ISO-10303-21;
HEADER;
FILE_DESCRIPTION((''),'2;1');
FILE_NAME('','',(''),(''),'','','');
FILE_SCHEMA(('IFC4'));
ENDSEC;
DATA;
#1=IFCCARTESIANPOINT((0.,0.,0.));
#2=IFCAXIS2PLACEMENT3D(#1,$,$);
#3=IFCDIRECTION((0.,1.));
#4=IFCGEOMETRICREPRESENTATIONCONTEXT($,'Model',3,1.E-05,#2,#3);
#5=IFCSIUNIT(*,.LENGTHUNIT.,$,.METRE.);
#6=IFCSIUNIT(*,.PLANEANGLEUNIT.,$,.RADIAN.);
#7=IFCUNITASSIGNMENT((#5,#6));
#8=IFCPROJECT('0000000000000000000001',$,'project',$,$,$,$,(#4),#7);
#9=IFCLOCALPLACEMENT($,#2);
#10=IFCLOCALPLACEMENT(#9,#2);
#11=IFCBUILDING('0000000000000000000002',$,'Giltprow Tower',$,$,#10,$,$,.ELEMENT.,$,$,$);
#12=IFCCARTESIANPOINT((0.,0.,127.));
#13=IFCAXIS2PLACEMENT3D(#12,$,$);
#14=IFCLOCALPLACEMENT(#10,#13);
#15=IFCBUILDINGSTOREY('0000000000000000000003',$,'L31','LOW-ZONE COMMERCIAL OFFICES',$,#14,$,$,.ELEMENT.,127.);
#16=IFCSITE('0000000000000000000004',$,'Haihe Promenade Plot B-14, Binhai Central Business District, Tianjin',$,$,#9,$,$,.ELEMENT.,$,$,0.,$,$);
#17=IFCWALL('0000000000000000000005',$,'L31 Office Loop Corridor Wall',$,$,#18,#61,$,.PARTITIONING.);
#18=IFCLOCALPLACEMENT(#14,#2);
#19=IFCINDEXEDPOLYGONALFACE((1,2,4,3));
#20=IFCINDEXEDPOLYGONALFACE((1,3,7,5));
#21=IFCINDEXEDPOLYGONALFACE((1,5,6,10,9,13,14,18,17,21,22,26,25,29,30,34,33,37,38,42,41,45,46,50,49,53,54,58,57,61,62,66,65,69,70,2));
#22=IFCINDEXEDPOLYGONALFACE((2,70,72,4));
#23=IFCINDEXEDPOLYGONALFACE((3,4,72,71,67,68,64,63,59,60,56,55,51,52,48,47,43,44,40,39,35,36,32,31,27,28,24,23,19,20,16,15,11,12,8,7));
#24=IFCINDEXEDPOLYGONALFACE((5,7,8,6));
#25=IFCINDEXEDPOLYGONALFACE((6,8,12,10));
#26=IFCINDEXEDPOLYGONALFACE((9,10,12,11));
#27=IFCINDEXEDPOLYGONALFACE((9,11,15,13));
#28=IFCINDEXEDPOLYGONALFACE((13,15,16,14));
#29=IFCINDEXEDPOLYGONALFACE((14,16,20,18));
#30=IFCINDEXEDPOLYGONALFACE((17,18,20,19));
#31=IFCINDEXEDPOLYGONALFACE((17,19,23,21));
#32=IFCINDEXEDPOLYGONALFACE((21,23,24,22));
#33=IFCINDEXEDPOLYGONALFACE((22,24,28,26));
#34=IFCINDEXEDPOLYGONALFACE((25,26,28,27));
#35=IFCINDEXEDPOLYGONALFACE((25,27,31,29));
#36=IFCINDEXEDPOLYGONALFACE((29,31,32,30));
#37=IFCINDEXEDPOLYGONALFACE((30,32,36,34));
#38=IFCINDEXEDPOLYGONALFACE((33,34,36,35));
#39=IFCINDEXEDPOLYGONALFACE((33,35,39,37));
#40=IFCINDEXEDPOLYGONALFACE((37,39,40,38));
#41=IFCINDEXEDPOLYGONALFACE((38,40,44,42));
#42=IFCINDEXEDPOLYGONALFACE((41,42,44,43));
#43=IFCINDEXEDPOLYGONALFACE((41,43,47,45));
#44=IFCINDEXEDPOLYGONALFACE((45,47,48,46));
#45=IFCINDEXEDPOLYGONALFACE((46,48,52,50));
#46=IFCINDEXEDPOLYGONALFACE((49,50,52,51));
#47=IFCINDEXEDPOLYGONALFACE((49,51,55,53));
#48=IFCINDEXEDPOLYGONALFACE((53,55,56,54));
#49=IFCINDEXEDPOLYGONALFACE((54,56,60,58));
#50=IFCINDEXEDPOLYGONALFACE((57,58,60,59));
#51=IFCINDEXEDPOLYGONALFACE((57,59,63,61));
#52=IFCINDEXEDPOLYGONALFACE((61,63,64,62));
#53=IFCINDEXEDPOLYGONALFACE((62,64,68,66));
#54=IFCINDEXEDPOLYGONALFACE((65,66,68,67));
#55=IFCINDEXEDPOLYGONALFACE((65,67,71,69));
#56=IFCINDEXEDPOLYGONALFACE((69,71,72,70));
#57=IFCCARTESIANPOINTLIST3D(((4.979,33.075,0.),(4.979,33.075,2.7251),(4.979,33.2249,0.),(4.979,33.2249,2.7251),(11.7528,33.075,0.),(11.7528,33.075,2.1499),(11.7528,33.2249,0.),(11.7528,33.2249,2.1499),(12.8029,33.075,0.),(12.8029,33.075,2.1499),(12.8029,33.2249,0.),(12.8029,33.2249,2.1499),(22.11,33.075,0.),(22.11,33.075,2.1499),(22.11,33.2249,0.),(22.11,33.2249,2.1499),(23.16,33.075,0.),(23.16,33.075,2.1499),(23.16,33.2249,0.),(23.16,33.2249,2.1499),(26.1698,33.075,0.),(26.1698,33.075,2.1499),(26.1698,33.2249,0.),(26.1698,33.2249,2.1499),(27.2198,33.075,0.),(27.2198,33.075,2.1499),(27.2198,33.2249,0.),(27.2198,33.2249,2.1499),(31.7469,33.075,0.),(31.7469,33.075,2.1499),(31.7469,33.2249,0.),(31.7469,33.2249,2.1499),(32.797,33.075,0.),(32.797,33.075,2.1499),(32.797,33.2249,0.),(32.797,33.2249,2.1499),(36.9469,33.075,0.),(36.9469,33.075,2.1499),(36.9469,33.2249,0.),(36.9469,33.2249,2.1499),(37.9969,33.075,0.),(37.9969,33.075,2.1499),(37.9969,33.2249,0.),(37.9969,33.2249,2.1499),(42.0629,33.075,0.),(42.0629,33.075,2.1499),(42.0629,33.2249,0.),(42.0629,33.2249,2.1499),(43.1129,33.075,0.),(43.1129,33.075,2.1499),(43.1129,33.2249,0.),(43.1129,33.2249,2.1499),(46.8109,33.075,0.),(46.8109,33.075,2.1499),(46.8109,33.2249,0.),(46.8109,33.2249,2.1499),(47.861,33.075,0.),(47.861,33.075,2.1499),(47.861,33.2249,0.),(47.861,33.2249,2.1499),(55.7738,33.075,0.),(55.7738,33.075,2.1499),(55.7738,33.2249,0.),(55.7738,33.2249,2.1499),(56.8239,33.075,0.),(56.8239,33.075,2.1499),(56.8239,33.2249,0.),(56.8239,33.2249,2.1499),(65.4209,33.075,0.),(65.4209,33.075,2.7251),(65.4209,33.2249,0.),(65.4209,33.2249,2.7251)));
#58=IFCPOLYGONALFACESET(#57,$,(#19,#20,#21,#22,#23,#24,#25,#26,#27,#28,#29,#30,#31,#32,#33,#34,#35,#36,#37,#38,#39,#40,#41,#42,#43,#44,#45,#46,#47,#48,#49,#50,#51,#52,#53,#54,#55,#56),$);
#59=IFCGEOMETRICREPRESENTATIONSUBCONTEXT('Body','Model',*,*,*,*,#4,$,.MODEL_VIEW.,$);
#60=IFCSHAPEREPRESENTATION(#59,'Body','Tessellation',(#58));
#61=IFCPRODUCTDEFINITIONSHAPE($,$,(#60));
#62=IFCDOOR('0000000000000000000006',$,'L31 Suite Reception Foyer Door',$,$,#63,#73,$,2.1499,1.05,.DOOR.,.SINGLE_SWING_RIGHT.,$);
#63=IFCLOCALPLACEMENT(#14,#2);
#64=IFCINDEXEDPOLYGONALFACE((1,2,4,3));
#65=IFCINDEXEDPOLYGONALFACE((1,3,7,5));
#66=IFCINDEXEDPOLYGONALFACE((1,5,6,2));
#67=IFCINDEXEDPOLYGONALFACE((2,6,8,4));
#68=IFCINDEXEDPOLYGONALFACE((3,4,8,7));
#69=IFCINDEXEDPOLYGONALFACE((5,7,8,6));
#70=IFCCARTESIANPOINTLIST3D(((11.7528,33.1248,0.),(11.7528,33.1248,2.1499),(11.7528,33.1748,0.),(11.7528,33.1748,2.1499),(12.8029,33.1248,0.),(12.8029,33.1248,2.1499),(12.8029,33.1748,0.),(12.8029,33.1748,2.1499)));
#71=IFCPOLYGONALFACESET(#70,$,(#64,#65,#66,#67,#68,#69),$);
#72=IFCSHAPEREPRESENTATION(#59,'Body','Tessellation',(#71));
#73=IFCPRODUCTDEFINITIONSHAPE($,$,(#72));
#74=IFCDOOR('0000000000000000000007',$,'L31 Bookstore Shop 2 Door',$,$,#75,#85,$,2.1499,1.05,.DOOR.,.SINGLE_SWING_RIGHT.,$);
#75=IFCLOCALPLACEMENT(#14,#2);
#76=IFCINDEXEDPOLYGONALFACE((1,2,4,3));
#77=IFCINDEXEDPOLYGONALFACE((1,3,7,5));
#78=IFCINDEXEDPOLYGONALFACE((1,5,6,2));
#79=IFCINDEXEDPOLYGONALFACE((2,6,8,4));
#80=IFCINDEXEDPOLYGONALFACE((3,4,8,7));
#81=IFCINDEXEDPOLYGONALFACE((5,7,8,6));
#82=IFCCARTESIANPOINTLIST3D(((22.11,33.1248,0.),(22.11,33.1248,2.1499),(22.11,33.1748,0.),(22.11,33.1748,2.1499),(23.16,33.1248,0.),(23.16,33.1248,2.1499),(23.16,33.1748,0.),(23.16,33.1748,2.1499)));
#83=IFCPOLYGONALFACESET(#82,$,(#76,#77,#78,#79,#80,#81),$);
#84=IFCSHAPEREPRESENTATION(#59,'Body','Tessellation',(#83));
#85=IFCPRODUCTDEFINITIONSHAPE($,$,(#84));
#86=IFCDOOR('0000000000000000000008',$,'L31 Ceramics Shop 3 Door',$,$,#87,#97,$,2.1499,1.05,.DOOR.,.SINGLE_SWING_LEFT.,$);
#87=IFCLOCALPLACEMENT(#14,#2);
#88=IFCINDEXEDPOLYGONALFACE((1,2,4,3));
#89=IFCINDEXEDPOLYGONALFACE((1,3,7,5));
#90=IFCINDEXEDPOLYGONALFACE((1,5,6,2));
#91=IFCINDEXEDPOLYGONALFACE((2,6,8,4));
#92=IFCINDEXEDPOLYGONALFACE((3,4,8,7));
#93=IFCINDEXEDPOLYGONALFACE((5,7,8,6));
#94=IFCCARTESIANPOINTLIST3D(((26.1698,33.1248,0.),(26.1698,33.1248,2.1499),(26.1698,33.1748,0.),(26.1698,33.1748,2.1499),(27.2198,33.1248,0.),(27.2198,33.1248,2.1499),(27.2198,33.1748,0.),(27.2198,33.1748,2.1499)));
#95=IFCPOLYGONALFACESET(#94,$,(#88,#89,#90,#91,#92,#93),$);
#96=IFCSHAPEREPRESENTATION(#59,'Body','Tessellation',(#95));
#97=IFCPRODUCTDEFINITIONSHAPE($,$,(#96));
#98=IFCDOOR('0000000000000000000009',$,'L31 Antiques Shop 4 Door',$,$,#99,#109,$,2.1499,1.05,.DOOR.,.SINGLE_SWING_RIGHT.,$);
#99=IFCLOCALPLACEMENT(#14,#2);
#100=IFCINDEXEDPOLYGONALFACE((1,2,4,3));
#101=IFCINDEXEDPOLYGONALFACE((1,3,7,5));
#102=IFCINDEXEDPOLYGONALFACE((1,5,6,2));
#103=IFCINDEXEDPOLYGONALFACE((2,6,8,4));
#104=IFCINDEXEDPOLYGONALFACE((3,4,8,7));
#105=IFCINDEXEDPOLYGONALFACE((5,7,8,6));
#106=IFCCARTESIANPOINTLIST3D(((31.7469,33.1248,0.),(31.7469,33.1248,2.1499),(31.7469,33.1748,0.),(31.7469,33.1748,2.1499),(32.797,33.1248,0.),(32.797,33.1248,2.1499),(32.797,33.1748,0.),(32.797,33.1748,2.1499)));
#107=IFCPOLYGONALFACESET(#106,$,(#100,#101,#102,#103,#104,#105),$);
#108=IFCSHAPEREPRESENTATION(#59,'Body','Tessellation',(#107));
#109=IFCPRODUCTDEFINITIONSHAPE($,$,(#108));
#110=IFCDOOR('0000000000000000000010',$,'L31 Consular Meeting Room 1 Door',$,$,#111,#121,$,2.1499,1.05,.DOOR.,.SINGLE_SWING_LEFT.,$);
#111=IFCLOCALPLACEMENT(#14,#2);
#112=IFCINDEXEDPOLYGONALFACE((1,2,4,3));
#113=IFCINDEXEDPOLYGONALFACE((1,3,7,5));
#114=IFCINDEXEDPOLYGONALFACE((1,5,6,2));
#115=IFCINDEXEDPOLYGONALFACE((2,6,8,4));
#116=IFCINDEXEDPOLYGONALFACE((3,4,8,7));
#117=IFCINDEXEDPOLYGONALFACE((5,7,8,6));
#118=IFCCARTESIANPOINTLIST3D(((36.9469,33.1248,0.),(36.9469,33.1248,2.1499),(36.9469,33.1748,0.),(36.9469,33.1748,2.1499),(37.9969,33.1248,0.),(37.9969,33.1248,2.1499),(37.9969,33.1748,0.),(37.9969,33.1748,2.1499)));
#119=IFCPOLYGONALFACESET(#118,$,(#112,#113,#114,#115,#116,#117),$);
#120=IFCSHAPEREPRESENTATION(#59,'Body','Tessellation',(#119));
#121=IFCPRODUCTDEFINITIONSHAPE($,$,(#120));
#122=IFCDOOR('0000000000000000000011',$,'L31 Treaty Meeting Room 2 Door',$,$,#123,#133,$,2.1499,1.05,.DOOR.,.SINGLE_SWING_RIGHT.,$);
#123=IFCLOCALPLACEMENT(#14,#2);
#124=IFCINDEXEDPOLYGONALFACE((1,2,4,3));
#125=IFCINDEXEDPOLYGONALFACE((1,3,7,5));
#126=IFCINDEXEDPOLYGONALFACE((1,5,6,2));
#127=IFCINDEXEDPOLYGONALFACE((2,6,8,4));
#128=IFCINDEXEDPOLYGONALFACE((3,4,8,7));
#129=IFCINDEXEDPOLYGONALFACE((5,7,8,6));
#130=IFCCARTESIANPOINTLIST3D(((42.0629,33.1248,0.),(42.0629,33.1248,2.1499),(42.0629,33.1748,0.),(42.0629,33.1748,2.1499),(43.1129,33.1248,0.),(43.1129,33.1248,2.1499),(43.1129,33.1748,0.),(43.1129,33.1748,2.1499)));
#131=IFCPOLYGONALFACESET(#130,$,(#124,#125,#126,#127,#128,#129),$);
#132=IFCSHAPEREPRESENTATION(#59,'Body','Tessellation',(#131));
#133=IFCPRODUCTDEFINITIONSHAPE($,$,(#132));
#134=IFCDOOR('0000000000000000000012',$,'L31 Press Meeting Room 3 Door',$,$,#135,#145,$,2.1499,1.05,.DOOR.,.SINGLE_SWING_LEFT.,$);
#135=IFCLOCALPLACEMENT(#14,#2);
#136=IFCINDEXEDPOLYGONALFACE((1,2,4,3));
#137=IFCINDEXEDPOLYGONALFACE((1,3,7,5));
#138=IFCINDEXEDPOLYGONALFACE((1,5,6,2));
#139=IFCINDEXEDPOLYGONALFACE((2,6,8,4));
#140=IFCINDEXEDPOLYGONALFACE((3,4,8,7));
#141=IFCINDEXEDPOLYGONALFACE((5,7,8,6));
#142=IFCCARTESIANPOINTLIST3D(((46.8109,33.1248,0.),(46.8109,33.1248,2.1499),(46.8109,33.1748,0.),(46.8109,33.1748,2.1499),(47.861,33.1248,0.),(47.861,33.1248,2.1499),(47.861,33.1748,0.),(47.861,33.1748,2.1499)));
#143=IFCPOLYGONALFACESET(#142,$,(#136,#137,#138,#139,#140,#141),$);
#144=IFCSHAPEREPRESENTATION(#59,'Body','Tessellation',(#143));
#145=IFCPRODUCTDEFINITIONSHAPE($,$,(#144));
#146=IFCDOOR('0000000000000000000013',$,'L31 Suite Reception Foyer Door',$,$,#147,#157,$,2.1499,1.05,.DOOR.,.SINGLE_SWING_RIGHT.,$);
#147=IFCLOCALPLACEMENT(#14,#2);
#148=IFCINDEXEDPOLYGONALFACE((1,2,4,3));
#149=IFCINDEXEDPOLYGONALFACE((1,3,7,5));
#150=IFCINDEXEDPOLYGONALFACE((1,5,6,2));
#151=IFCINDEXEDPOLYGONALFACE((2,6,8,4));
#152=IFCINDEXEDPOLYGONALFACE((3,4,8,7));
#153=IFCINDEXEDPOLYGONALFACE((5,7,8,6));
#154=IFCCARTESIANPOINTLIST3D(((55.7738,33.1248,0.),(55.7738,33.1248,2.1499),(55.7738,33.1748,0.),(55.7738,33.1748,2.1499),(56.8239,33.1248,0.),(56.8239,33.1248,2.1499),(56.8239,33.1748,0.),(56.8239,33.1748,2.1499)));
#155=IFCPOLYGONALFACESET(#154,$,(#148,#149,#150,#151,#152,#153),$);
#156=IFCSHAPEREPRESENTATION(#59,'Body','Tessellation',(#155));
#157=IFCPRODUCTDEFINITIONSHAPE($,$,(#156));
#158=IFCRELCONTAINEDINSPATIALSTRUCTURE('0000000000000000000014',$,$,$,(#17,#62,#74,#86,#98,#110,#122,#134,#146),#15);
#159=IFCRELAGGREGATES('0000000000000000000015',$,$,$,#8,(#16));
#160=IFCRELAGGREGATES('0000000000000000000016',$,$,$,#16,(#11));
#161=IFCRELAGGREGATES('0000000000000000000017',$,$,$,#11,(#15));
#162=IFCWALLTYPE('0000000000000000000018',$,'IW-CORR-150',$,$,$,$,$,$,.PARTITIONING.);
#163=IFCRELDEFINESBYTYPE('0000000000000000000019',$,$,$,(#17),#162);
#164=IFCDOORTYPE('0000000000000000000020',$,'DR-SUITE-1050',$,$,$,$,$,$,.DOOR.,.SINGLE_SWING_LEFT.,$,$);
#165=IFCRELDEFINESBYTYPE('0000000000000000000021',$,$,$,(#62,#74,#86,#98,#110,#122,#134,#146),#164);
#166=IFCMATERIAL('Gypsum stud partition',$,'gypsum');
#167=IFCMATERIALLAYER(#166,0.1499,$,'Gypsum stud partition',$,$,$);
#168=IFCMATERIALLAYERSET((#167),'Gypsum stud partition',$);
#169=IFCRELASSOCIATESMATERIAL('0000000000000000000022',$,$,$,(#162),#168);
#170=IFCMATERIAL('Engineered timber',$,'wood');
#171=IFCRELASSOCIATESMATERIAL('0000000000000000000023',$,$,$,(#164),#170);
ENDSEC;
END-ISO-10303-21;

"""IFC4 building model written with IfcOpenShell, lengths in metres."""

from ifc_helpers import new_model, si_unit, direction, frame, frame_2d, origin, place, context, subcontext, project, spatial, rectangle, extrude, source, transform, mapped, material, layer, layer_set, type_object, element, fill, save


model = new_model("IFC4")

# Units and contexts
model_context = context("Model", 3, precision=1e-05, world=origin(), true_north=direction((0.0, 1.0)))
body_context = subcontext(model_context, "Body", "Model", "MODEL_VIEW")
ifc_project = project(units=[si_unit("LENGTHUNIT", "METRE"), si_unit("PLANEANGLEUNIT", "RADIAN")], contexts=[model_context])

# Site, building, storey
site_placement = place(None, origin())
site = spatial("IfcSite", under=ifc_project, at=site_placement, Name="Haihe Promenade Plot B-14, Binhai Central Business District, Tianjin", CompositionType="ELEMENT", RefElevation=0.0)
building_placement = place(site_placement, origin())
building = spatial("IfcBuilding", under=site, at=building_placement, Name="Giltprow Tower", CompositionType="ELEMENT")
storey_placement = place(building_placement, frame((0.0, 0.0, 127.0)))
storey = spatial("IfcBuildingStorey", under=building, at=storey_placement, Name="L31", Description="LOW-ZONE COMMERCIAL OFFICES", CompositionType="ELEMENT", Elevation=127.0)

# Wall, openings, doors
ifc_material_1 = material(Name="Gypsum stud partition", Category="gypsum")
ifc_layer_1 = layer(ifc_material_1, 0.1499, Name="Gypsum stud partition")
ifc_layer_set_1 = layer_set([ifc_layer_1], Name="Gypsum stud partition")
wall_type_1 = type_object("IfcWallType", Name="IW-CORR-150", PredefinedType="PARTITIONING", material=ifc_layer_set_1)
wall_1_placement = place(storey_placement, frame((4.979, 33.1499, 0.0), z_axis=(0.0, 0.0, 1.0), x_axis=(1.0, 0.0, 0.0)))
wall_1 = element("IfcWall", 1, at=wall_1_placement, inside=storey, type_object=wall_type_1, Name="L31 Office Loop Corridor Wall", PredefinedType="PARTITIONING", context=body_context, shape_type="SweptSolid", body=[
    extrude(rectangle(XDim=60.4419, YDim=0.1499, at=frame_2d((30.2209, 0.0))), origin(), (0.0, 0.0, 1.0), 2.7251),
])
opening_1_placement = place(wall_1_placement, frame((6.7739, 0.0, 0.0)))
opening_1 = element("IfcOpeningElement", 2, at=opening_1_placement, cuts=wall_1, PredefinedType="OPENING", context=body_context, shape_type="SweptSolid", body=[
    extrude(rectangle(XDim=1.05, YDim=2.1499, at=frame_2d((0.5249, 1.075))), frame((0.0, 0.085, 0.0), z_axis=(0.0, -1.0, 0.0), x_axis=(1.0, 0.0, 0.0)), (0.0, 0.0, 1.0), 0.1699),
])
opening_2_placement = place(wall_1_placement, frame((17.1311, 0.0, 0.0)))
opening_2 = element("IfcOpeningElement", 3, at=opening_2_placement, cuts=wall_1, PredefinedType="OPENING", context=body_context, shape_type="SweptSolid", body=[
    extrude(rectangle(XDim=1.05, YDim=2.1499, at=frame_2d((0.5249, 1.075))), frame((0.0, 0.085, 0.0), z_axis=(0.0, -1.0, 0.0), x_axis=(1.0, 0.0, 0.0)), (0.0, 0.0, 1.0), 0.1699),
])
opening_3_placement = place(wall_1_placement, frame((21.1909, 0.0, 0.0)))
opening_3 = element("IfcOpeningElement", 4, at=opening_3_placement, cuts=wall_1, PredefinedType="OPENING", context=body_context, shape_type="SweptSolid", body=[
    extrude(rectangle(XDim=1.05, YDim=2.1499, at=frame_2d((0.5249, 1.075))), frame((0.0, 0.085, 0.0), z_axis=(0.0, -1.0, 0.0), x_axis=(1.0, 0.0, 0.0)), (0.0, 0.0, 1.0), 0.1699),
])
opening_4_placement = place(wall_1_placement, frame((26.7681, 0.0, 0.0)))
opening_4 = element("IfcOpeningElement", 5, at=opening_4_placement, cuts=wall_1, PredefinedType="OPENING", context=body_context, shape_type="SweptSolid", body=[
    extrude(rectangle(XDim=1.05, YDim=2.1499, at=frame_2d((0.5249, 1.075))), frame((0.0, 0.085, 0.0), z_axis=(0.0, -1.0, 0.0), x_axis=(1.0, 0.0, 0.0)), (0.0, 0.0, 1.0), 0.1699),
])
opening_5_placement = place(wall_1_placement, frame((31.968, 0.0, 0.0)))
opening_5 = element("IfcOpeningElement", 6, at=opening_5_placement, cuts=wall_1, PredefinedType="OPENING", context=body_context, shape_type="SweptSolid", body=[
    extrude(rectangle(XDim=1.05, YDim=2.1499, at=frame_2d((0.5249, 1.075))), frame((0.0, 0.085, 0.0), z_axis=(0.0, -1.0, 0.0), x_axis=(1.0, 0.0, 0.0)), (0.0, 0.0, 1.0), 0.1699),
])
opening_6_placement = place(wall_1_placement, frame((37.084, 0.0, 0.0)))
opening_6 = element("IfcOpeningElement", 7, at=opening_6_placement, cuts=wall_1, PredefinedType="OPENING", context=body_context, shape_type="SweptSolid", body=[
    extrude(rectangle(XDim=1.05, YDim=2.1499, at=frame_2d((0.5249, 1.075))), frame((0.0, 0.085, 0.0), z_axis=(0.0, -1.0, 0.0), x_axis=(1.0, 0.0, 0.0)), (0.0, 0.0, 1.0), 0.1699),
])
opening_7_placement = place(wall_1_placement, frame((41.832, 0.0, 0.0)))
opening_7 = element("IfcOpeningElement", 8, at=opening_7_placement, cuts=wall_1, PredefinedType="OPENING", context=body_context, shape_type="SweptSolid", body=[
    extrude(rectangle(XDim=1.05, YDim=2.1499, at=frame_2d((0.5249, 1.075))), frame((0.0, 0.085, 0.0), z_axis=(0.0, -1.0, 0.0), x_axis=(1.0, 0.0, 0.0)), (0.0, 0.0, 1.0), 0.1699),
])
opening_8_placement = place(wall_1_placement, frame((50.7949, 0.0, 0.0)))
opening_8 = element("IfcOpeningElement", 9, at=opening_8_placement, cuts=wall_1, PredefinedType="OPENING", context=body_context, shape_type="SweptSolid", body=[
    extrude(rectangle(XDim=1.05, YDim=2.1499, at=frame_2d((0.5249, 1.075))), frame((0.0, 0.085, 0.0), z_axis=(0.0, -1.0, 0.0), x_axis=(1.0, 0.0, 0.0)), (0.0, 0.0, 1.0), 0.1699),
])
ifc_material_2 = material(Name="Engineered timber", Category="wood")
door_type_1 = type_object("IfcDoorType", Name="DR-SUITE-1050", OperationType="SINGLE_SWING_LEFT", PredefinedType="DOOR", material=ifc_material_2)
shared_shape_1 = source(origin(), body_context, "Body", "SweptSolid", [
    extrude(rectangle(XDim=1.05, YDim=2.1499, at=frame_2d((0.5249, 1.075))), frame((0.0, 0.0249, 0.0), z_axis=(0.0, -1.0, 0.0), x_axis=(1.0, 0.0, 0.0)), (0.0, 0.0, 1.0), 0.05),
])
door_1_placement = place(opening_1_placement, origin())
door_1 = element("IfcDoor", 10, at=door_1_placement, inside=storey, type_object=door_type_1, Name="L31 Suite Reception Foyer Door", OperationType="SINGLE_SWING_RIGHT", OverallHeight=2.1499, OverallWidth=1.05, PredefinedType="DOOR", context=body_context, shape_type="MappedRepresentation", body=[
    mapped(shared_shape_1, transform((0.0, 0.0, 0.0), x_axis=(1.0, 0.0, 0.0), y_axis=(0.0, 1.0, 0.0), z_axis=(0.0, 0.0, 1.0), scale=1.0)),
])
fill(opening_1, door_1)
door_2_placement = place(opening_2_placement, origin())
door_2 = element("IfcDoor", 11, at=door_2_placement, inside=storey, type_object=door_type_1, Name="L31 Bookstore Shop 2 Door", OperationType="SINGLE_SWING_RIGHT", OverallHeight=2.1499, OverallWidth=1.05, PredefinedType="DOOR", context=body_context, shape_type="MappedRepresentation", body=[
    mapped(shared_shape_1, transform((0.0, 0.0, 0.0), x_axis=(1.0, 0.0, 0.0), y_axis=(0.0, 1.0, 0.0), z_axis=(0.0, 0.0, 1.0), scale=1.0)),
])
fill(opening_2, door_2)
door_3_placement = place(opening_3_placement, origin())
door_3 = element("IfcDoor", 12, at=door_3_placement, inside=storey, type_object=door_type_1, Name="L31 Ceramics Shop 3 Door", OperationType="SINGLE_SWING_LEFT", OverallHeight=2.1499, OverallWidth=1.05, PredefinedType="DOOR", context=body_context, shape_type="MappedRepresentation", body=[
    mapped(shared_shape_1, transform((0.0, 0.0, 0.0), x_axis=(1.0, 0.0, 0.0), y_axis=(0.0, 1.0, 0.0), z_axis=(0.0, 0.0, 1.0), scale=1.0)),
])
fill(opening_3, door_3)
door_4_placement = place(opening_4_placement, origin())
door_4 = element("IfcDoor", 13, at=door_4_placement, inside=storey, type_object=door_type_1, Name="L31 Antiques Shop 4 Door", OperationType="SINGLE_SWING_RIGHT", OverallHeight=2.1499, OverallWidth=1.05, PredefinedType="DOOR", context=body_context, shape_type="MappedRepresentation", body=[
    mapped(shared_shape_1, transform((0.0, 0.0, 0.0), x_axis=(1.0, 0.0, 0.0), y_axis=(0.0, 1.0, 0.0), z_axis=(0.0, 0.0, 1.0), scale=1.0)),
])
fill(opening_4, door_4)
door_5_placement = place(opening_5_placement, origin())
door_5 = element("IfcDoor", 14, at=door_5_placement, inside=storey, type_object=door_type_1, Name="L31 Consular Meeting Room 1 Door", OperationType="SINGLE_SWING_LEFT", OverallHeight=2.1499, OverallWidth=1.05, PredefinedType="DOOR", context=body_context, shape_type="MappedRepresentation", body=[
    mapped(shared_shape_1, transform((0.0, 0.0, 0.0), x_axis=(1.0, 0.0, 0.0), y_axis=(0.0, 1.0, 0.0), z_axis=(0.0, 0.0, 1.0), scale=1.0)),
])
fill(opening_5, door_5)
door_6_placement = place(opening_6_placement, origin())
door_6 = element("IfcDoor", 15, at=door_6_placement, inside=storey, type_object=door_type_1, Name="L31 Treaty Meeting Room 2 Door", OperationType="SINGLE_SWING_RIGHT", OverallHeight=2.1499, OverallWidth=1.05, PredefinedType="DOOR", context=body_context, shape_type="MappedRepresentation", body=[
    mapped(shared_shape_1, transform((0.0, 0.0, 0.0), x_axis=(1.0, 0.0, 0.0), y_axis=(0.0, 1.0, 0.0), z_axis=(0.0, 0.0, 1.0), scale=1.0)),
])
fill(opening_6, door_6)
door_7_placement = place(opening_7_placement, origin())
door_7 = element("IfcDoor", 16, at=door_7_placement, inside=storey, type_object=door_type_1, Name="L31 Press Meeting Room 3 Door", OperationType="SINGLE_SWING_LEFT", OverallHeight=2.1499, OverallWidth=1.05, PredefinedType="DOOR", context=body_context, shape_type="MappedRepresentation", body=[
    mapped(shared_shape_1, transform((0.0, 0.0, 0.0), x_axis=(1.0, 0.0, 0.0), y_axis=(0.0, 1.0, 0.0), z_axis=(0.0, 0.0, 1.0), scale=1.0)),
])
fill(opening_7, door_7)
door_8_placement = place(opening_8_placement, origin())
door_8 = element("IfcDoor", 17, at=door_8_placement, inside=storey, type_object=door_type_1, Name="L31 Suite Reception Foyer Door", OperationType="SINGLE_SWING_RIGHT", OverallHeight=2.1499, OverallWidth=1.05, PredefinedType="DOOR", context=body_context, shape_type="MappedRepresentation", body=[
    mapped(shared_shape_1, transform((0.0, 0.0, 0.0), x_axis=(1.0, 0.0, 0.0), y_axis=(0.0, 1.0, 0.0), z_axis=(0.0, 0.0, 1.0), scale=1.0)),
])
fill(opening_8, door_8)

save(model, "model.ifc")
